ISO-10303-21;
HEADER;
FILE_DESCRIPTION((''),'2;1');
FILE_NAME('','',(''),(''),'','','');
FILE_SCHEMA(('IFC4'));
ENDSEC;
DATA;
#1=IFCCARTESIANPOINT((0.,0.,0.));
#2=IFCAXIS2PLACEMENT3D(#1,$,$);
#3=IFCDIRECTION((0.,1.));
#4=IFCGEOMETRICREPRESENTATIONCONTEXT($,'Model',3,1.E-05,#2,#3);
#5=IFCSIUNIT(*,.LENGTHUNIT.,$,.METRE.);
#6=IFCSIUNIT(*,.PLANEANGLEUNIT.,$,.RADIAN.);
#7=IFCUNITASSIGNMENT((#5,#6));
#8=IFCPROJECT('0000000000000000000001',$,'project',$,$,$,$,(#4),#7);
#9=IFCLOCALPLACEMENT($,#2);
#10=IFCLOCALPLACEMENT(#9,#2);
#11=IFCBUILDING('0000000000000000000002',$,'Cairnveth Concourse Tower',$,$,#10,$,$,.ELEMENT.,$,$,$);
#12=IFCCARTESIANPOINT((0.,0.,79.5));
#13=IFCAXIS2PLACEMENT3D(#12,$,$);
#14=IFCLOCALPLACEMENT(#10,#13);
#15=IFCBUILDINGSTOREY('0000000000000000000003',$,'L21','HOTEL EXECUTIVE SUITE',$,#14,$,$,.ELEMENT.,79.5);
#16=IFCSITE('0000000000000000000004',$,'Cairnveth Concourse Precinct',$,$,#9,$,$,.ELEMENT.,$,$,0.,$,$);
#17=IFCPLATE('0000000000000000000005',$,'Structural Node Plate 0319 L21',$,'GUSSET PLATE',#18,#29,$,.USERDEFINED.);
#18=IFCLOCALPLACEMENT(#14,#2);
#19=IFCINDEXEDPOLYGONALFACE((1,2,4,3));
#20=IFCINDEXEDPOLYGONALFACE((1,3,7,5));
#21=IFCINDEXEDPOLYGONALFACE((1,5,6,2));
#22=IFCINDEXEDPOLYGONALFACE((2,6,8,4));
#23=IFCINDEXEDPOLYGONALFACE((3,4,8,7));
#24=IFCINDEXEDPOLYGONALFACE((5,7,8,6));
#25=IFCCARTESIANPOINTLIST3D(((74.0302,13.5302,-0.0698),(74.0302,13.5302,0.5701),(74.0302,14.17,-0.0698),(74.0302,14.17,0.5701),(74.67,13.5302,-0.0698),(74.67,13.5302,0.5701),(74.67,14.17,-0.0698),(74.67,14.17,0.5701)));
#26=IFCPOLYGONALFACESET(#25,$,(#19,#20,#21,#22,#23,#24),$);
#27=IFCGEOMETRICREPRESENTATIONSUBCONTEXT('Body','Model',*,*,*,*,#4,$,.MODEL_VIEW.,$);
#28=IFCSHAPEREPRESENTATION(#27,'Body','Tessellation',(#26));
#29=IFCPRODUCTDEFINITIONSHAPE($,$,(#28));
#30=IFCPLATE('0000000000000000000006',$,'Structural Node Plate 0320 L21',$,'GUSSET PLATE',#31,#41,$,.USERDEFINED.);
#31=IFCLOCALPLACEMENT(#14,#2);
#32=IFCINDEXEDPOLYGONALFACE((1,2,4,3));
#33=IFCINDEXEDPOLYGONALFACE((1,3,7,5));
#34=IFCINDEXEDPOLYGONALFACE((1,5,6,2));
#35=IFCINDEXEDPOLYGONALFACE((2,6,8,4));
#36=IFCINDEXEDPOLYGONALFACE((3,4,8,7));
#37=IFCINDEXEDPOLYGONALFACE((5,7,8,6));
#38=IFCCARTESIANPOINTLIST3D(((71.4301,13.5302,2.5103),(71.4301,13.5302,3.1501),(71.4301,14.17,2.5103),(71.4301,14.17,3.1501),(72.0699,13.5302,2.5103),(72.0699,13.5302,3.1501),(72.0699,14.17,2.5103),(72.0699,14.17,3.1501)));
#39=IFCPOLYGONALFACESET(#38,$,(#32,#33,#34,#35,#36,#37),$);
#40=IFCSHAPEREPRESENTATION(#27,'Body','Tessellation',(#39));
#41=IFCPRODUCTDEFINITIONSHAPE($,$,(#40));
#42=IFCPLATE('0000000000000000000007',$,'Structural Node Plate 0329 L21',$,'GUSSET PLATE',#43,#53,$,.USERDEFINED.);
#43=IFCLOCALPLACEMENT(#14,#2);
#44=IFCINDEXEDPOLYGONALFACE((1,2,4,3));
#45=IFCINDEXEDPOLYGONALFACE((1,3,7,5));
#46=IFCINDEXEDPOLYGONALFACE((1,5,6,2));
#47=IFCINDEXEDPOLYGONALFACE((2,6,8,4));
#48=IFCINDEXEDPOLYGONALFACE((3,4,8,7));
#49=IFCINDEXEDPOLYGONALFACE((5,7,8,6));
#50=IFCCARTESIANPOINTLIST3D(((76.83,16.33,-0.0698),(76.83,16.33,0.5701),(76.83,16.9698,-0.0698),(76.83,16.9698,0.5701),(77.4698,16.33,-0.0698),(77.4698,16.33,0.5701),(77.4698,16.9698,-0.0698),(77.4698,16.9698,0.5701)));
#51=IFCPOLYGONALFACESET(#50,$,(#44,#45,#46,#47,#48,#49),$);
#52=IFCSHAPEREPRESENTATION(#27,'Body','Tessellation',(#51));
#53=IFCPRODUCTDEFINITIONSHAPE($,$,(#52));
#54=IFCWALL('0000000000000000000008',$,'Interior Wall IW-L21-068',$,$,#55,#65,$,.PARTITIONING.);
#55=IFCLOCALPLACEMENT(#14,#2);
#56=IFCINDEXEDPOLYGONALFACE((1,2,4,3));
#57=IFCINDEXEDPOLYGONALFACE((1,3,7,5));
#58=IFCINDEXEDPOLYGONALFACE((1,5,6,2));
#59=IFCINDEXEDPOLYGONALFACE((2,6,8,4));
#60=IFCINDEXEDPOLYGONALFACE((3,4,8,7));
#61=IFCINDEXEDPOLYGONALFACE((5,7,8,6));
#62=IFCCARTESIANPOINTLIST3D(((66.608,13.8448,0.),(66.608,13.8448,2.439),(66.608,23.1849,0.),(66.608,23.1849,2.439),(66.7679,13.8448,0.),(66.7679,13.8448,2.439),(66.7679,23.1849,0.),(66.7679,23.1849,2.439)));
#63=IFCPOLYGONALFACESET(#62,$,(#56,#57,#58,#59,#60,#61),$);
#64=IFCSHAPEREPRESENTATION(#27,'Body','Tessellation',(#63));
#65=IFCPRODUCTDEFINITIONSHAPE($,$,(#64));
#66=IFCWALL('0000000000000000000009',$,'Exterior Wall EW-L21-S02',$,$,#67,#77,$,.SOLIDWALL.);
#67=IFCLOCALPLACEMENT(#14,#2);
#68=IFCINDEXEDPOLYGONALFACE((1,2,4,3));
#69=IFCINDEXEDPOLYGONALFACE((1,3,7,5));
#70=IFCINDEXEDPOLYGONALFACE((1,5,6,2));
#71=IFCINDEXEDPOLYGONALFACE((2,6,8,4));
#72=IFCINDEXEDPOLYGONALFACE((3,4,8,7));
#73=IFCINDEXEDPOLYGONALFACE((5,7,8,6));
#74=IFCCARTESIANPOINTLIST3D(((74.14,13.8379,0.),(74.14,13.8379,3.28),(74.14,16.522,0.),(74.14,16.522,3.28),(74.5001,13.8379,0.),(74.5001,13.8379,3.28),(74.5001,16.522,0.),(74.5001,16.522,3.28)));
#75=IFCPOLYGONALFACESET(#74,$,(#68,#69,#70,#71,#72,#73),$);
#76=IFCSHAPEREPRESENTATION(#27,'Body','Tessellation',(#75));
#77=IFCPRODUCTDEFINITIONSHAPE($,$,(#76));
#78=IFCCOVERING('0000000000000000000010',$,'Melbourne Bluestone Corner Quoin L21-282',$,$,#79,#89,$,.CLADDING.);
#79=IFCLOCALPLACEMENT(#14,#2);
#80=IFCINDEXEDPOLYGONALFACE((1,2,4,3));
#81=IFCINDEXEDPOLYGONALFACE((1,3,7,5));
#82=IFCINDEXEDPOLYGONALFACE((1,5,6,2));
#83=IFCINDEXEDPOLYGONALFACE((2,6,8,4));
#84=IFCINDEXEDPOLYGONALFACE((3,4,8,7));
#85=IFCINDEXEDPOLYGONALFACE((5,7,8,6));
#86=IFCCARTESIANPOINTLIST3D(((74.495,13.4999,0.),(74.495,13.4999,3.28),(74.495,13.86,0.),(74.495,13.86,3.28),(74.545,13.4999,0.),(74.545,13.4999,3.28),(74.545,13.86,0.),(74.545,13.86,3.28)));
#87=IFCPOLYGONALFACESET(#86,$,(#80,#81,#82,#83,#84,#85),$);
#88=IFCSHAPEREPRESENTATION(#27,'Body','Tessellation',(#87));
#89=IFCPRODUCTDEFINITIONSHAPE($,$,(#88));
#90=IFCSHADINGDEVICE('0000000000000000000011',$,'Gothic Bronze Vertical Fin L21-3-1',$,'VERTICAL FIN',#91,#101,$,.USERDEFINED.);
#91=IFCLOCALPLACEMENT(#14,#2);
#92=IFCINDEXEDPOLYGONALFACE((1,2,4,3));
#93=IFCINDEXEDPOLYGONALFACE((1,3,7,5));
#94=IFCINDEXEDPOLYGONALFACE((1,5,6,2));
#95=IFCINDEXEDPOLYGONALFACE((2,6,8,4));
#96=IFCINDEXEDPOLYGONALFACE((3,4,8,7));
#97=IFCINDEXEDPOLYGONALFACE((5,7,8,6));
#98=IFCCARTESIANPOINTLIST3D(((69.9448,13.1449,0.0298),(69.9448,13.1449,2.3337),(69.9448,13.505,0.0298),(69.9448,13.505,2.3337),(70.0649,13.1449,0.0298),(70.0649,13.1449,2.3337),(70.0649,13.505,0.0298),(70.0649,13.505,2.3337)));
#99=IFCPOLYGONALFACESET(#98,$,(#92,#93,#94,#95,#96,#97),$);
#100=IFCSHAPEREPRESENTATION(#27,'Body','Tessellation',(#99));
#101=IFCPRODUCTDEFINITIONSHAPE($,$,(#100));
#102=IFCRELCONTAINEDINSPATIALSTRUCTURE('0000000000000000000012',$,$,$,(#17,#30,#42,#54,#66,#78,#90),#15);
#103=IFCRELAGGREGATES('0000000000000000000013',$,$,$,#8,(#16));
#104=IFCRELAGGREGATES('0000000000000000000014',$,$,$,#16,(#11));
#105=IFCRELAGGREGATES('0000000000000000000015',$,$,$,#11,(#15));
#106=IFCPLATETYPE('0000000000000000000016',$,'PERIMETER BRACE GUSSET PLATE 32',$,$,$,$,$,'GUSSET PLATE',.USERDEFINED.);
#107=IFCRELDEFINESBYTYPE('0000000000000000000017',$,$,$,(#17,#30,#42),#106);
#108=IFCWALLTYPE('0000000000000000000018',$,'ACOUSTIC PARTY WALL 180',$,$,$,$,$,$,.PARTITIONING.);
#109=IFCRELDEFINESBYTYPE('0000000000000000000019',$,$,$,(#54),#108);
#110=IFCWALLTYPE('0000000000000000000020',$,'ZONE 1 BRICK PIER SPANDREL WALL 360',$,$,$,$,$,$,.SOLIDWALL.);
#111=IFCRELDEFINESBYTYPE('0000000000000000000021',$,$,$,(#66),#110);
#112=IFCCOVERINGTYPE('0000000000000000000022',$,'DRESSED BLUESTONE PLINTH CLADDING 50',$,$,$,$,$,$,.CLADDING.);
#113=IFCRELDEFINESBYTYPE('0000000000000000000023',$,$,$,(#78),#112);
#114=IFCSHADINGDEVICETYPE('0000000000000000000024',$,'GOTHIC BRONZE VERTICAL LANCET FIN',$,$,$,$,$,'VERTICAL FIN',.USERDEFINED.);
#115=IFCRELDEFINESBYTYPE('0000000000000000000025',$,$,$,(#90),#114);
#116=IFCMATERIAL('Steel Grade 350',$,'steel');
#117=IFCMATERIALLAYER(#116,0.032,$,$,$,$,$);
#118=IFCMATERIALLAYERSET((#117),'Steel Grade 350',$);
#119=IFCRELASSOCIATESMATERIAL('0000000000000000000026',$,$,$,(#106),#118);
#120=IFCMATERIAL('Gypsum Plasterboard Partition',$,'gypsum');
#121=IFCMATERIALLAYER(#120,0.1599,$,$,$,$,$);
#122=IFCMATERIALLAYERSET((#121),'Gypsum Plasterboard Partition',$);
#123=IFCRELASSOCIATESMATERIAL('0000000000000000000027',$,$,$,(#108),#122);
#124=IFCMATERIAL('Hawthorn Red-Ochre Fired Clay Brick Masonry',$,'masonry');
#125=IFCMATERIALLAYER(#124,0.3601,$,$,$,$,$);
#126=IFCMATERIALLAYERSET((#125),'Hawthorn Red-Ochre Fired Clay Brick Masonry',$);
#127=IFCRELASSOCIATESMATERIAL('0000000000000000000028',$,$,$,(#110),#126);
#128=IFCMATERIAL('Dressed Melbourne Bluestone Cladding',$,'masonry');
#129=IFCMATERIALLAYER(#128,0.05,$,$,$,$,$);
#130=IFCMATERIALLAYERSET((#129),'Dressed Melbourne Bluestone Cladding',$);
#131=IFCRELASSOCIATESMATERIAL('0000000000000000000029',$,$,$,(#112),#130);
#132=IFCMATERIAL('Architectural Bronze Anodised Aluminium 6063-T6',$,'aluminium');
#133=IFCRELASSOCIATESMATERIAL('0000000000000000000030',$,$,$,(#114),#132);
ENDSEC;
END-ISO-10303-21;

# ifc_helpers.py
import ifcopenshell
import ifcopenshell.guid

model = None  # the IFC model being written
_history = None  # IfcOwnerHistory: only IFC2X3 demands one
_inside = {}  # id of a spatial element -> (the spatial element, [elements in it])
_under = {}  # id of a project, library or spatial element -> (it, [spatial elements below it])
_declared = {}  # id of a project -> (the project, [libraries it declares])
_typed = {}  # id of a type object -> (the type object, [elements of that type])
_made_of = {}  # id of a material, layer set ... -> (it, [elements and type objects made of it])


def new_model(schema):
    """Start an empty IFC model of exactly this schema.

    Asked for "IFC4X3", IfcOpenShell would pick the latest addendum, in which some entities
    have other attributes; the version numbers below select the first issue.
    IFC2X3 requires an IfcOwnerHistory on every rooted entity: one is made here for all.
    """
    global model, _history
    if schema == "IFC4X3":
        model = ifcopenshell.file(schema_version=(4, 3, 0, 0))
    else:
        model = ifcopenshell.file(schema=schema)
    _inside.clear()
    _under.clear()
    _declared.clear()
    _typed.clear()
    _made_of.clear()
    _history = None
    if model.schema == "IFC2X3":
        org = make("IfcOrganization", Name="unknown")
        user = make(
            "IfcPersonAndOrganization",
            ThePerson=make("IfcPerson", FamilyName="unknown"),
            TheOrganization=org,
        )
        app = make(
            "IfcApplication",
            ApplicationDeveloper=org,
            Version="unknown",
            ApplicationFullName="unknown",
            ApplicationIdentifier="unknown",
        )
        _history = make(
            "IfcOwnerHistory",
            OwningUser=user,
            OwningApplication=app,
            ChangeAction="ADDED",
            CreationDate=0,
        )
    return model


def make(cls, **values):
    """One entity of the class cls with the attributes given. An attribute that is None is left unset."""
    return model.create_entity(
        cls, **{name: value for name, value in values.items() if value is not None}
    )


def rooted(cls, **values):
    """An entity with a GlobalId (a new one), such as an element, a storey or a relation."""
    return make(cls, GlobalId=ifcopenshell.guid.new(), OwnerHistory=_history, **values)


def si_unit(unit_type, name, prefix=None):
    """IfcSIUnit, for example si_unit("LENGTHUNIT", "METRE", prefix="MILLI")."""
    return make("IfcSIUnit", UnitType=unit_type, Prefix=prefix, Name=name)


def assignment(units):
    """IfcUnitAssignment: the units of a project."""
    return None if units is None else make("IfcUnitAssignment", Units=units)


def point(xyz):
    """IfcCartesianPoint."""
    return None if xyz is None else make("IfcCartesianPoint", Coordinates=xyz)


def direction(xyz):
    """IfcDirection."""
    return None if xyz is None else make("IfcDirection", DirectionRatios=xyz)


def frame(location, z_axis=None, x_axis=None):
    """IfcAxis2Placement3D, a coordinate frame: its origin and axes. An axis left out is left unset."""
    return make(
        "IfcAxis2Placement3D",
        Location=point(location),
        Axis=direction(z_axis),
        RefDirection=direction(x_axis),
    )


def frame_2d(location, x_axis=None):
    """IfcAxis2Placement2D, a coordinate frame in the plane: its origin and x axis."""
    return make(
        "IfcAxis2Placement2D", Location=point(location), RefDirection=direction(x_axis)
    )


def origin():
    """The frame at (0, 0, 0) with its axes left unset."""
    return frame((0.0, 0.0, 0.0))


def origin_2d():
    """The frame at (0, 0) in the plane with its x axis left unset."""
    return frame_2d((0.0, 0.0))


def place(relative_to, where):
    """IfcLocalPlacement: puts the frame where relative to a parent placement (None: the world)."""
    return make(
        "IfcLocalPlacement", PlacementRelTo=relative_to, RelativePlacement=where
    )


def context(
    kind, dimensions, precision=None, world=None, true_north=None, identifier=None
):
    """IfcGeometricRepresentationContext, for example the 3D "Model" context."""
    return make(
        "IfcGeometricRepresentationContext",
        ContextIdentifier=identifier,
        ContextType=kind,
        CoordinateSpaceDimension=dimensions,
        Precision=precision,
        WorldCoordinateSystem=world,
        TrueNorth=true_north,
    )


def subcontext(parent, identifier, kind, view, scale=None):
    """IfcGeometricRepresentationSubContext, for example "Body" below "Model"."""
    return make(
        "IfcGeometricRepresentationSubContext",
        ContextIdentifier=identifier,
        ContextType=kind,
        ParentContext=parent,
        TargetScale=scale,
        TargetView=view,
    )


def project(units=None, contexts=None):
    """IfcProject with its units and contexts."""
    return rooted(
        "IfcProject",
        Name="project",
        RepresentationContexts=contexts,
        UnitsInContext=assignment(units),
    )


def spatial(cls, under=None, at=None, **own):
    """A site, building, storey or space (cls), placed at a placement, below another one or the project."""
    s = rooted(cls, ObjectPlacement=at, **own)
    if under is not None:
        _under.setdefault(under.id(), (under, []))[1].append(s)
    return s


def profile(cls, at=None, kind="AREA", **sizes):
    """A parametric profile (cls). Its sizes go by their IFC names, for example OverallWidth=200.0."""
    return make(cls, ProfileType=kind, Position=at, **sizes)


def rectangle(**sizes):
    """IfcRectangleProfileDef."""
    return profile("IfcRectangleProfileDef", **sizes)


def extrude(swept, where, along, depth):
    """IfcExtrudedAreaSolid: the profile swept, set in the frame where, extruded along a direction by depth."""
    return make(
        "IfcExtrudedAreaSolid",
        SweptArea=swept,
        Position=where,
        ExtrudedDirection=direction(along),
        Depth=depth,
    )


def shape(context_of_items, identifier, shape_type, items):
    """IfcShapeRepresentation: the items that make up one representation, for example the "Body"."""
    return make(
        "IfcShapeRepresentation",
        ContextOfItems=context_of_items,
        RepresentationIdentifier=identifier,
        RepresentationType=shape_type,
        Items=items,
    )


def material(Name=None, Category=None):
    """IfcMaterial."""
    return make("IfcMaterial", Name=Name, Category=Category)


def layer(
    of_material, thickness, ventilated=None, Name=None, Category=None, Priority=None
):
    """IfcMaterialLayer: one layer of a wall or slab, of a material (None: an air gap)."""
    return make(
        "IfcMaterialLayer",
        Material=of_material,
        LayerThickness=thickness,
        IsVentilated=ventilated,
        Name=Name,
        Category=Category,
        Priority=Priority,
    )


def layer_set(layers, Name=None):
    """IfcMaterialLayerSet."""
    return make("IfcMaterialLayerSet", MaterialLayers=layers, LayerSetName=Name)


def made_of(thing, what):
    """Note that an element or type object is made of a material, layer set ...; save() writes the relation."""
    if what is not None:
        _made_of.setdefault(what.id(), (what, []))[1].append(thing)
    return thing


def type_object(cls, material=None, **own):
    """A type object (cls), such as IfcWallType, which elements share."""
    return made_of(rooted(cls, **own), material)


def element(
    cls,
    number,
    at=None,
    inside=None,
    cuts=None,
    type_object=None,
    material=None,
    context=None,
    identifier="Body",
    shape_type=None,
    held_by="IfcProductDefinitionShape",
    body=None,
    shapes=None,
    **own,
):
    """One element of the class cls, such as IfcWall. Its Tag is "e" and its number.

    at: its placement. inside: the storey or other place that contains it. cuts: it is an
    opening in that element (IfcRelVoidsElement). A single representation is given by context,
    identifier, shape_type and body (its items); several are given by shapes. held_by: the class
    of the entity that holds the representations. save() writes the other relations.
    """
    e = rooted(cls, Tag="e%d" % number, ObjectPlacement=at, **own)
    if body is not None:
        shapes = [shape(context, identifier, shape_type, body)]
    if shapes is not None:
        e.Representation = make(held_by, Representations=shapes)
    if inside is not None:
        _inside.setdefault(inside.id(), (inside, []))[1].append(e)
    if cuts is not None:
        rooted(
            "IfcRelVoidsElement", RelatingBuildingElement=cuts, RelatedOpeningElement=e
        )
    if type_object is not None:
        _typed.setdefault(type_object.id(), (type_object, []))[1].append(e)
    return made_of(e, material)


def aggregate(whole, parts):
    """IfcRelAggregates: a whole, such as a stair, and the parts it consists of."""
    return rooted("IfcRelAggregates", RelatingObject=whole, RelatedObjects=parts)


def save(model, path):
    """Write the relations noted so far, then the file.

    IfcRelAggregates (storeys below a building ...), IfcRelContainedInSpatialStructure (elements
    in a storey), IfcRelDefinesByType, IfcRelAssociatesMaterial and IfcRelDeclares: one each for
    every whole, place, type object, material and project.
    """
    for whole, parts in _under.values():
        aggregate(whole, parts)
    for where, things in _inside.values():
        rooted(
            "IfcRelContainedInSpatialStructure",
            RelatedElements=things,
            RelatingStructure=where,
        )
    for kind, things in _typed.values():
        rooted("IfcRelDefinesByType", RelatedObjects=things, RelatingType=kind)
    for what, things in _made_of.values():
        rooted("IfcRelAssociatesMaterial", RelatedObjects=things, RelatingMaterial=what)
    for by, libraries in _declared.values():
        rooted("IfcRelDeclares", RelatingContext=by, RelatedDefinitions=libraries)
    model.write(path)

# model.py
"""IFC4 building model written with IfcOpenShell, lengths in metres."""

from ifc_helpers import new_model, si_unit, direction, frame, frame_2d, origin, origin_2d, place, context, subcontext, project, spatial, rectangle, extrude, material, layer, layer_set, type_object, element, save


model = new_model("IFC4")

# Units and contexts
model_context = context("Model", 3, precision=1e-05, world=origin(), true_north=direction((0.0, 1.0)))
body_context = subcontext(model_context, "Body", "Model", "MODEL_VIEW")
ifc_project = project(units=[si_unit("LENGTHUNIT", "METRE"), si_unit("PLANEANGLEUNIT", "RADIAN")], contexts=[model_context])

# Site, building, storey
site_placement = place(None, origin())
site = spatial("IfcSite", under=ifc_project, at=site_placement, Name="Cairnveth Concourse Precinct", CompositionType="ELEMENT", RefElevation=0.0)
building_placement = place(site_placement, origin())
building = spatial("IfcBuilding", under=site, at=building_placement, Name="Cairnveth Concourse Tower", CompositionType="ELEMENT")
storey_placement = place(building_placement, frame((0.0, 0.0, 79.5)))
storey = spatial("IfcBuildingStorey", under=building, at=storey_placement, Name="L21", Description="HOTEL EXECUTIVE SUITE", CompositionType="ELEMENT", Elevation=79.5)

# Shared definitions
ifc_material_1 = material(Name="Steel Grade 350", Category="steel")

# Plates
ifc_layer_1 = layer(ifc_material_1, 0.032)
ifc_layer_set_1 = layer_set([ifc_layer_1], Name="Steel Grade 350")
plate_type = type_object("IfcPlateType", Name="PERIMETER BRACE GUSSET PLATE 32", ElementType="GUSSET PLATE", PredefinedType="USERDEFINED", material=ifc_layer_set_1)
for number, where, z_axis, x_axis, name in (
    (1, (74.3501, 13.8501, -0.0698), (0.0, 0.0, 1.0), (1.0, 0.0, 0.0), "Structural Node Plate 0319 L21"),
    (2, (71.75, 13.8501, 2.5103), (0.0, 0.0, 1.0), (1.0, 0.0, 0.0), "Structural Node Plate 0320 L21"),
    (3, (77.1499, 16.6499, -0.0698), (0.0, 0.0, 1.0), (1.0, 0.0, 0.0), "Structural Node Plate 0329 L21"),
):
    element("IfcPlate", number, at=place(storey_placement, frame(where, z_axis=z_axis, x_axis=x_axis)), inside=storey, type_object=plate_type, Name=name, ObjectType="GUSSET PLATE", PredefinedType="USERDEFINED", context=body_context, shape_type="SweptSolid", body=[
        extrude(rectangle(XDim=0.6399, YDim=0.6399, at=origin_2d()), origin(), (0.0, 0.0, 1.0), 0.6399),
    ])

# Walls
ifc_material_2 = material(Name="Gypsum Plasterboard Partition", Category="gypsum")
ifc_layer_2 = layer(ifc_material_2, 0.1599)
ifc_layer_set_2 = layer_set([ifc_layer_2], Name="Gypsum Plasterboard Partition")
wall_type_1 = type_object("IfcWallType", Name="ACOUSTIC PARTY WALL 180", PredefinedType="PARTITIONING", material=ifc_layer_set_2)
wall_1_placement = place(storey_placement, frame((66.688, 13.845, 0.0), z_axis=(0.0, 0.0, 1.0), x_axis=(0.0, 1.0, 0.0)))
element("IfcWall", 4, at=wall_1_placement, inside=storey, type_object=wall_type_1, Name="Interior Wall IW-L21-068", PredefinedType="PARTITIONING", context=body_context, shape_type="SweptSolid", body=[
    extrude(rectangle(XDim=9.3401, YDim=0.1599, at=frame_2d((4.6699, 0.0))), origin(), (0.0, 0.0, 1.0), 2.439),
])
ifc_material_3 = material(Name="Hawthorn Red-Ochre Fired Clay Brick Masonry", Category="masonry")
ifc_layer_3 = layer(ifc_material_3, 0.3601)
ifc_layer_set_3 = layer_set([ifc_layer_3], Name="Hawthorn Red-Ochre Fired Clay Brick Masonry")
wall_type_2 = type_object("IfcWallType", Name="ZONE 1 BRICK PIER SPANDREL WALL 360", PredefinedType="SOLIDWALL", material=ifc_layer_set_3)
wall_2_placement = place(storey_placement, frame((74.3201, 16.522, 0.0), z_axis=(0.0, 0.0, 1.0), x_axis=(0.0, -1.0, 0.0)))
element("IfcWall", 5, at=wall_2_placement, inside=storey, type_object=wall_type_2, Name="Exterior Wall EW-L21-S02", PredefinedType="SOLIDWALL", context=body_context, shape_type="SweptSolid", body=[
    extrude(rectangle(XDim=2.6841, YDim=0.3601, at=frame_2d((1.342, 0.0))), origin(), (0.0, 0.0, 1.0), 3.28),
])

# Covering
ifc_material_4 = material(Name="Dressed Melbourne Bluestone Cladding", Category="masonry")
ifc_layer_4 = layer(ifc_material_4, 0.05)
ifc_layer_set_4 = layer_set([ifc_layer_4], Name="Dressed Melbourne Bluestone Cladding")
covering_type = type_object("IfcCoveringType", Name="DRESSED BLUESTONE PLINTH CLADDING 50", PredefinedType="CLADDING", material=ifc_layer_set_4)
covering_placement = place(storey_placement, frame((74.52, 13.8601, 0.0), z_axis=(0.0, 0.0, 1.0), x_axis=(0.0, -1.0, 0.0)))
element("IfcCovering", 6, at=covering_placement, inside=storey, type_object=covering_type, Name="Melbourne Bluestone Corner Quoin L21-282", PredefinedType="CLADDING", context=body_context, shape_type="SweptSolid", body=[
    extrude(rectangle(XDim=0.3601, YDim=0.05, at=frame_2d((0.1802, 0.0))), origin(), (0.0, 0.0, 1.0), 3.28),
])

# Shading device
ifc_material_5 = material(Name="Architectural Bronze Anodised Aluminium 6063-T6", Category="aluminium")
shading_device_type = type_object("IfcShadingDeviceType", Name="GOTHIC BRONZE VERTICAL LANCET FIN", ElementType="VERTICAL FIN", PredefinedType="USERDEFINED", material=ifc_material_5)
shading_device_placement = place(storey_placement, frame((70.0049, 13.325, 0.0298), z_axis=(0.0, 0.0, 1.0), x_axis=(1.0, 0.0, 0.0)))
element("IfcShadingDevice", 7, at=shading_device_placement, inside=storey, type_object=shading_device_type, Name="Gothic Bronze Vertical Fin L21-3-1", ObjectType="VERTICAL FIN", PredefinedType="USERDEFINED", context=body_context, shape_type="SweptSolid", body=[
    extrude(rectangle(XDim=0.1201, YDim=0.3601, at=origin_2d()), origin(), (0.0, 0.0, 1.0), 2.304),
])

save(model, "model.ifc")
